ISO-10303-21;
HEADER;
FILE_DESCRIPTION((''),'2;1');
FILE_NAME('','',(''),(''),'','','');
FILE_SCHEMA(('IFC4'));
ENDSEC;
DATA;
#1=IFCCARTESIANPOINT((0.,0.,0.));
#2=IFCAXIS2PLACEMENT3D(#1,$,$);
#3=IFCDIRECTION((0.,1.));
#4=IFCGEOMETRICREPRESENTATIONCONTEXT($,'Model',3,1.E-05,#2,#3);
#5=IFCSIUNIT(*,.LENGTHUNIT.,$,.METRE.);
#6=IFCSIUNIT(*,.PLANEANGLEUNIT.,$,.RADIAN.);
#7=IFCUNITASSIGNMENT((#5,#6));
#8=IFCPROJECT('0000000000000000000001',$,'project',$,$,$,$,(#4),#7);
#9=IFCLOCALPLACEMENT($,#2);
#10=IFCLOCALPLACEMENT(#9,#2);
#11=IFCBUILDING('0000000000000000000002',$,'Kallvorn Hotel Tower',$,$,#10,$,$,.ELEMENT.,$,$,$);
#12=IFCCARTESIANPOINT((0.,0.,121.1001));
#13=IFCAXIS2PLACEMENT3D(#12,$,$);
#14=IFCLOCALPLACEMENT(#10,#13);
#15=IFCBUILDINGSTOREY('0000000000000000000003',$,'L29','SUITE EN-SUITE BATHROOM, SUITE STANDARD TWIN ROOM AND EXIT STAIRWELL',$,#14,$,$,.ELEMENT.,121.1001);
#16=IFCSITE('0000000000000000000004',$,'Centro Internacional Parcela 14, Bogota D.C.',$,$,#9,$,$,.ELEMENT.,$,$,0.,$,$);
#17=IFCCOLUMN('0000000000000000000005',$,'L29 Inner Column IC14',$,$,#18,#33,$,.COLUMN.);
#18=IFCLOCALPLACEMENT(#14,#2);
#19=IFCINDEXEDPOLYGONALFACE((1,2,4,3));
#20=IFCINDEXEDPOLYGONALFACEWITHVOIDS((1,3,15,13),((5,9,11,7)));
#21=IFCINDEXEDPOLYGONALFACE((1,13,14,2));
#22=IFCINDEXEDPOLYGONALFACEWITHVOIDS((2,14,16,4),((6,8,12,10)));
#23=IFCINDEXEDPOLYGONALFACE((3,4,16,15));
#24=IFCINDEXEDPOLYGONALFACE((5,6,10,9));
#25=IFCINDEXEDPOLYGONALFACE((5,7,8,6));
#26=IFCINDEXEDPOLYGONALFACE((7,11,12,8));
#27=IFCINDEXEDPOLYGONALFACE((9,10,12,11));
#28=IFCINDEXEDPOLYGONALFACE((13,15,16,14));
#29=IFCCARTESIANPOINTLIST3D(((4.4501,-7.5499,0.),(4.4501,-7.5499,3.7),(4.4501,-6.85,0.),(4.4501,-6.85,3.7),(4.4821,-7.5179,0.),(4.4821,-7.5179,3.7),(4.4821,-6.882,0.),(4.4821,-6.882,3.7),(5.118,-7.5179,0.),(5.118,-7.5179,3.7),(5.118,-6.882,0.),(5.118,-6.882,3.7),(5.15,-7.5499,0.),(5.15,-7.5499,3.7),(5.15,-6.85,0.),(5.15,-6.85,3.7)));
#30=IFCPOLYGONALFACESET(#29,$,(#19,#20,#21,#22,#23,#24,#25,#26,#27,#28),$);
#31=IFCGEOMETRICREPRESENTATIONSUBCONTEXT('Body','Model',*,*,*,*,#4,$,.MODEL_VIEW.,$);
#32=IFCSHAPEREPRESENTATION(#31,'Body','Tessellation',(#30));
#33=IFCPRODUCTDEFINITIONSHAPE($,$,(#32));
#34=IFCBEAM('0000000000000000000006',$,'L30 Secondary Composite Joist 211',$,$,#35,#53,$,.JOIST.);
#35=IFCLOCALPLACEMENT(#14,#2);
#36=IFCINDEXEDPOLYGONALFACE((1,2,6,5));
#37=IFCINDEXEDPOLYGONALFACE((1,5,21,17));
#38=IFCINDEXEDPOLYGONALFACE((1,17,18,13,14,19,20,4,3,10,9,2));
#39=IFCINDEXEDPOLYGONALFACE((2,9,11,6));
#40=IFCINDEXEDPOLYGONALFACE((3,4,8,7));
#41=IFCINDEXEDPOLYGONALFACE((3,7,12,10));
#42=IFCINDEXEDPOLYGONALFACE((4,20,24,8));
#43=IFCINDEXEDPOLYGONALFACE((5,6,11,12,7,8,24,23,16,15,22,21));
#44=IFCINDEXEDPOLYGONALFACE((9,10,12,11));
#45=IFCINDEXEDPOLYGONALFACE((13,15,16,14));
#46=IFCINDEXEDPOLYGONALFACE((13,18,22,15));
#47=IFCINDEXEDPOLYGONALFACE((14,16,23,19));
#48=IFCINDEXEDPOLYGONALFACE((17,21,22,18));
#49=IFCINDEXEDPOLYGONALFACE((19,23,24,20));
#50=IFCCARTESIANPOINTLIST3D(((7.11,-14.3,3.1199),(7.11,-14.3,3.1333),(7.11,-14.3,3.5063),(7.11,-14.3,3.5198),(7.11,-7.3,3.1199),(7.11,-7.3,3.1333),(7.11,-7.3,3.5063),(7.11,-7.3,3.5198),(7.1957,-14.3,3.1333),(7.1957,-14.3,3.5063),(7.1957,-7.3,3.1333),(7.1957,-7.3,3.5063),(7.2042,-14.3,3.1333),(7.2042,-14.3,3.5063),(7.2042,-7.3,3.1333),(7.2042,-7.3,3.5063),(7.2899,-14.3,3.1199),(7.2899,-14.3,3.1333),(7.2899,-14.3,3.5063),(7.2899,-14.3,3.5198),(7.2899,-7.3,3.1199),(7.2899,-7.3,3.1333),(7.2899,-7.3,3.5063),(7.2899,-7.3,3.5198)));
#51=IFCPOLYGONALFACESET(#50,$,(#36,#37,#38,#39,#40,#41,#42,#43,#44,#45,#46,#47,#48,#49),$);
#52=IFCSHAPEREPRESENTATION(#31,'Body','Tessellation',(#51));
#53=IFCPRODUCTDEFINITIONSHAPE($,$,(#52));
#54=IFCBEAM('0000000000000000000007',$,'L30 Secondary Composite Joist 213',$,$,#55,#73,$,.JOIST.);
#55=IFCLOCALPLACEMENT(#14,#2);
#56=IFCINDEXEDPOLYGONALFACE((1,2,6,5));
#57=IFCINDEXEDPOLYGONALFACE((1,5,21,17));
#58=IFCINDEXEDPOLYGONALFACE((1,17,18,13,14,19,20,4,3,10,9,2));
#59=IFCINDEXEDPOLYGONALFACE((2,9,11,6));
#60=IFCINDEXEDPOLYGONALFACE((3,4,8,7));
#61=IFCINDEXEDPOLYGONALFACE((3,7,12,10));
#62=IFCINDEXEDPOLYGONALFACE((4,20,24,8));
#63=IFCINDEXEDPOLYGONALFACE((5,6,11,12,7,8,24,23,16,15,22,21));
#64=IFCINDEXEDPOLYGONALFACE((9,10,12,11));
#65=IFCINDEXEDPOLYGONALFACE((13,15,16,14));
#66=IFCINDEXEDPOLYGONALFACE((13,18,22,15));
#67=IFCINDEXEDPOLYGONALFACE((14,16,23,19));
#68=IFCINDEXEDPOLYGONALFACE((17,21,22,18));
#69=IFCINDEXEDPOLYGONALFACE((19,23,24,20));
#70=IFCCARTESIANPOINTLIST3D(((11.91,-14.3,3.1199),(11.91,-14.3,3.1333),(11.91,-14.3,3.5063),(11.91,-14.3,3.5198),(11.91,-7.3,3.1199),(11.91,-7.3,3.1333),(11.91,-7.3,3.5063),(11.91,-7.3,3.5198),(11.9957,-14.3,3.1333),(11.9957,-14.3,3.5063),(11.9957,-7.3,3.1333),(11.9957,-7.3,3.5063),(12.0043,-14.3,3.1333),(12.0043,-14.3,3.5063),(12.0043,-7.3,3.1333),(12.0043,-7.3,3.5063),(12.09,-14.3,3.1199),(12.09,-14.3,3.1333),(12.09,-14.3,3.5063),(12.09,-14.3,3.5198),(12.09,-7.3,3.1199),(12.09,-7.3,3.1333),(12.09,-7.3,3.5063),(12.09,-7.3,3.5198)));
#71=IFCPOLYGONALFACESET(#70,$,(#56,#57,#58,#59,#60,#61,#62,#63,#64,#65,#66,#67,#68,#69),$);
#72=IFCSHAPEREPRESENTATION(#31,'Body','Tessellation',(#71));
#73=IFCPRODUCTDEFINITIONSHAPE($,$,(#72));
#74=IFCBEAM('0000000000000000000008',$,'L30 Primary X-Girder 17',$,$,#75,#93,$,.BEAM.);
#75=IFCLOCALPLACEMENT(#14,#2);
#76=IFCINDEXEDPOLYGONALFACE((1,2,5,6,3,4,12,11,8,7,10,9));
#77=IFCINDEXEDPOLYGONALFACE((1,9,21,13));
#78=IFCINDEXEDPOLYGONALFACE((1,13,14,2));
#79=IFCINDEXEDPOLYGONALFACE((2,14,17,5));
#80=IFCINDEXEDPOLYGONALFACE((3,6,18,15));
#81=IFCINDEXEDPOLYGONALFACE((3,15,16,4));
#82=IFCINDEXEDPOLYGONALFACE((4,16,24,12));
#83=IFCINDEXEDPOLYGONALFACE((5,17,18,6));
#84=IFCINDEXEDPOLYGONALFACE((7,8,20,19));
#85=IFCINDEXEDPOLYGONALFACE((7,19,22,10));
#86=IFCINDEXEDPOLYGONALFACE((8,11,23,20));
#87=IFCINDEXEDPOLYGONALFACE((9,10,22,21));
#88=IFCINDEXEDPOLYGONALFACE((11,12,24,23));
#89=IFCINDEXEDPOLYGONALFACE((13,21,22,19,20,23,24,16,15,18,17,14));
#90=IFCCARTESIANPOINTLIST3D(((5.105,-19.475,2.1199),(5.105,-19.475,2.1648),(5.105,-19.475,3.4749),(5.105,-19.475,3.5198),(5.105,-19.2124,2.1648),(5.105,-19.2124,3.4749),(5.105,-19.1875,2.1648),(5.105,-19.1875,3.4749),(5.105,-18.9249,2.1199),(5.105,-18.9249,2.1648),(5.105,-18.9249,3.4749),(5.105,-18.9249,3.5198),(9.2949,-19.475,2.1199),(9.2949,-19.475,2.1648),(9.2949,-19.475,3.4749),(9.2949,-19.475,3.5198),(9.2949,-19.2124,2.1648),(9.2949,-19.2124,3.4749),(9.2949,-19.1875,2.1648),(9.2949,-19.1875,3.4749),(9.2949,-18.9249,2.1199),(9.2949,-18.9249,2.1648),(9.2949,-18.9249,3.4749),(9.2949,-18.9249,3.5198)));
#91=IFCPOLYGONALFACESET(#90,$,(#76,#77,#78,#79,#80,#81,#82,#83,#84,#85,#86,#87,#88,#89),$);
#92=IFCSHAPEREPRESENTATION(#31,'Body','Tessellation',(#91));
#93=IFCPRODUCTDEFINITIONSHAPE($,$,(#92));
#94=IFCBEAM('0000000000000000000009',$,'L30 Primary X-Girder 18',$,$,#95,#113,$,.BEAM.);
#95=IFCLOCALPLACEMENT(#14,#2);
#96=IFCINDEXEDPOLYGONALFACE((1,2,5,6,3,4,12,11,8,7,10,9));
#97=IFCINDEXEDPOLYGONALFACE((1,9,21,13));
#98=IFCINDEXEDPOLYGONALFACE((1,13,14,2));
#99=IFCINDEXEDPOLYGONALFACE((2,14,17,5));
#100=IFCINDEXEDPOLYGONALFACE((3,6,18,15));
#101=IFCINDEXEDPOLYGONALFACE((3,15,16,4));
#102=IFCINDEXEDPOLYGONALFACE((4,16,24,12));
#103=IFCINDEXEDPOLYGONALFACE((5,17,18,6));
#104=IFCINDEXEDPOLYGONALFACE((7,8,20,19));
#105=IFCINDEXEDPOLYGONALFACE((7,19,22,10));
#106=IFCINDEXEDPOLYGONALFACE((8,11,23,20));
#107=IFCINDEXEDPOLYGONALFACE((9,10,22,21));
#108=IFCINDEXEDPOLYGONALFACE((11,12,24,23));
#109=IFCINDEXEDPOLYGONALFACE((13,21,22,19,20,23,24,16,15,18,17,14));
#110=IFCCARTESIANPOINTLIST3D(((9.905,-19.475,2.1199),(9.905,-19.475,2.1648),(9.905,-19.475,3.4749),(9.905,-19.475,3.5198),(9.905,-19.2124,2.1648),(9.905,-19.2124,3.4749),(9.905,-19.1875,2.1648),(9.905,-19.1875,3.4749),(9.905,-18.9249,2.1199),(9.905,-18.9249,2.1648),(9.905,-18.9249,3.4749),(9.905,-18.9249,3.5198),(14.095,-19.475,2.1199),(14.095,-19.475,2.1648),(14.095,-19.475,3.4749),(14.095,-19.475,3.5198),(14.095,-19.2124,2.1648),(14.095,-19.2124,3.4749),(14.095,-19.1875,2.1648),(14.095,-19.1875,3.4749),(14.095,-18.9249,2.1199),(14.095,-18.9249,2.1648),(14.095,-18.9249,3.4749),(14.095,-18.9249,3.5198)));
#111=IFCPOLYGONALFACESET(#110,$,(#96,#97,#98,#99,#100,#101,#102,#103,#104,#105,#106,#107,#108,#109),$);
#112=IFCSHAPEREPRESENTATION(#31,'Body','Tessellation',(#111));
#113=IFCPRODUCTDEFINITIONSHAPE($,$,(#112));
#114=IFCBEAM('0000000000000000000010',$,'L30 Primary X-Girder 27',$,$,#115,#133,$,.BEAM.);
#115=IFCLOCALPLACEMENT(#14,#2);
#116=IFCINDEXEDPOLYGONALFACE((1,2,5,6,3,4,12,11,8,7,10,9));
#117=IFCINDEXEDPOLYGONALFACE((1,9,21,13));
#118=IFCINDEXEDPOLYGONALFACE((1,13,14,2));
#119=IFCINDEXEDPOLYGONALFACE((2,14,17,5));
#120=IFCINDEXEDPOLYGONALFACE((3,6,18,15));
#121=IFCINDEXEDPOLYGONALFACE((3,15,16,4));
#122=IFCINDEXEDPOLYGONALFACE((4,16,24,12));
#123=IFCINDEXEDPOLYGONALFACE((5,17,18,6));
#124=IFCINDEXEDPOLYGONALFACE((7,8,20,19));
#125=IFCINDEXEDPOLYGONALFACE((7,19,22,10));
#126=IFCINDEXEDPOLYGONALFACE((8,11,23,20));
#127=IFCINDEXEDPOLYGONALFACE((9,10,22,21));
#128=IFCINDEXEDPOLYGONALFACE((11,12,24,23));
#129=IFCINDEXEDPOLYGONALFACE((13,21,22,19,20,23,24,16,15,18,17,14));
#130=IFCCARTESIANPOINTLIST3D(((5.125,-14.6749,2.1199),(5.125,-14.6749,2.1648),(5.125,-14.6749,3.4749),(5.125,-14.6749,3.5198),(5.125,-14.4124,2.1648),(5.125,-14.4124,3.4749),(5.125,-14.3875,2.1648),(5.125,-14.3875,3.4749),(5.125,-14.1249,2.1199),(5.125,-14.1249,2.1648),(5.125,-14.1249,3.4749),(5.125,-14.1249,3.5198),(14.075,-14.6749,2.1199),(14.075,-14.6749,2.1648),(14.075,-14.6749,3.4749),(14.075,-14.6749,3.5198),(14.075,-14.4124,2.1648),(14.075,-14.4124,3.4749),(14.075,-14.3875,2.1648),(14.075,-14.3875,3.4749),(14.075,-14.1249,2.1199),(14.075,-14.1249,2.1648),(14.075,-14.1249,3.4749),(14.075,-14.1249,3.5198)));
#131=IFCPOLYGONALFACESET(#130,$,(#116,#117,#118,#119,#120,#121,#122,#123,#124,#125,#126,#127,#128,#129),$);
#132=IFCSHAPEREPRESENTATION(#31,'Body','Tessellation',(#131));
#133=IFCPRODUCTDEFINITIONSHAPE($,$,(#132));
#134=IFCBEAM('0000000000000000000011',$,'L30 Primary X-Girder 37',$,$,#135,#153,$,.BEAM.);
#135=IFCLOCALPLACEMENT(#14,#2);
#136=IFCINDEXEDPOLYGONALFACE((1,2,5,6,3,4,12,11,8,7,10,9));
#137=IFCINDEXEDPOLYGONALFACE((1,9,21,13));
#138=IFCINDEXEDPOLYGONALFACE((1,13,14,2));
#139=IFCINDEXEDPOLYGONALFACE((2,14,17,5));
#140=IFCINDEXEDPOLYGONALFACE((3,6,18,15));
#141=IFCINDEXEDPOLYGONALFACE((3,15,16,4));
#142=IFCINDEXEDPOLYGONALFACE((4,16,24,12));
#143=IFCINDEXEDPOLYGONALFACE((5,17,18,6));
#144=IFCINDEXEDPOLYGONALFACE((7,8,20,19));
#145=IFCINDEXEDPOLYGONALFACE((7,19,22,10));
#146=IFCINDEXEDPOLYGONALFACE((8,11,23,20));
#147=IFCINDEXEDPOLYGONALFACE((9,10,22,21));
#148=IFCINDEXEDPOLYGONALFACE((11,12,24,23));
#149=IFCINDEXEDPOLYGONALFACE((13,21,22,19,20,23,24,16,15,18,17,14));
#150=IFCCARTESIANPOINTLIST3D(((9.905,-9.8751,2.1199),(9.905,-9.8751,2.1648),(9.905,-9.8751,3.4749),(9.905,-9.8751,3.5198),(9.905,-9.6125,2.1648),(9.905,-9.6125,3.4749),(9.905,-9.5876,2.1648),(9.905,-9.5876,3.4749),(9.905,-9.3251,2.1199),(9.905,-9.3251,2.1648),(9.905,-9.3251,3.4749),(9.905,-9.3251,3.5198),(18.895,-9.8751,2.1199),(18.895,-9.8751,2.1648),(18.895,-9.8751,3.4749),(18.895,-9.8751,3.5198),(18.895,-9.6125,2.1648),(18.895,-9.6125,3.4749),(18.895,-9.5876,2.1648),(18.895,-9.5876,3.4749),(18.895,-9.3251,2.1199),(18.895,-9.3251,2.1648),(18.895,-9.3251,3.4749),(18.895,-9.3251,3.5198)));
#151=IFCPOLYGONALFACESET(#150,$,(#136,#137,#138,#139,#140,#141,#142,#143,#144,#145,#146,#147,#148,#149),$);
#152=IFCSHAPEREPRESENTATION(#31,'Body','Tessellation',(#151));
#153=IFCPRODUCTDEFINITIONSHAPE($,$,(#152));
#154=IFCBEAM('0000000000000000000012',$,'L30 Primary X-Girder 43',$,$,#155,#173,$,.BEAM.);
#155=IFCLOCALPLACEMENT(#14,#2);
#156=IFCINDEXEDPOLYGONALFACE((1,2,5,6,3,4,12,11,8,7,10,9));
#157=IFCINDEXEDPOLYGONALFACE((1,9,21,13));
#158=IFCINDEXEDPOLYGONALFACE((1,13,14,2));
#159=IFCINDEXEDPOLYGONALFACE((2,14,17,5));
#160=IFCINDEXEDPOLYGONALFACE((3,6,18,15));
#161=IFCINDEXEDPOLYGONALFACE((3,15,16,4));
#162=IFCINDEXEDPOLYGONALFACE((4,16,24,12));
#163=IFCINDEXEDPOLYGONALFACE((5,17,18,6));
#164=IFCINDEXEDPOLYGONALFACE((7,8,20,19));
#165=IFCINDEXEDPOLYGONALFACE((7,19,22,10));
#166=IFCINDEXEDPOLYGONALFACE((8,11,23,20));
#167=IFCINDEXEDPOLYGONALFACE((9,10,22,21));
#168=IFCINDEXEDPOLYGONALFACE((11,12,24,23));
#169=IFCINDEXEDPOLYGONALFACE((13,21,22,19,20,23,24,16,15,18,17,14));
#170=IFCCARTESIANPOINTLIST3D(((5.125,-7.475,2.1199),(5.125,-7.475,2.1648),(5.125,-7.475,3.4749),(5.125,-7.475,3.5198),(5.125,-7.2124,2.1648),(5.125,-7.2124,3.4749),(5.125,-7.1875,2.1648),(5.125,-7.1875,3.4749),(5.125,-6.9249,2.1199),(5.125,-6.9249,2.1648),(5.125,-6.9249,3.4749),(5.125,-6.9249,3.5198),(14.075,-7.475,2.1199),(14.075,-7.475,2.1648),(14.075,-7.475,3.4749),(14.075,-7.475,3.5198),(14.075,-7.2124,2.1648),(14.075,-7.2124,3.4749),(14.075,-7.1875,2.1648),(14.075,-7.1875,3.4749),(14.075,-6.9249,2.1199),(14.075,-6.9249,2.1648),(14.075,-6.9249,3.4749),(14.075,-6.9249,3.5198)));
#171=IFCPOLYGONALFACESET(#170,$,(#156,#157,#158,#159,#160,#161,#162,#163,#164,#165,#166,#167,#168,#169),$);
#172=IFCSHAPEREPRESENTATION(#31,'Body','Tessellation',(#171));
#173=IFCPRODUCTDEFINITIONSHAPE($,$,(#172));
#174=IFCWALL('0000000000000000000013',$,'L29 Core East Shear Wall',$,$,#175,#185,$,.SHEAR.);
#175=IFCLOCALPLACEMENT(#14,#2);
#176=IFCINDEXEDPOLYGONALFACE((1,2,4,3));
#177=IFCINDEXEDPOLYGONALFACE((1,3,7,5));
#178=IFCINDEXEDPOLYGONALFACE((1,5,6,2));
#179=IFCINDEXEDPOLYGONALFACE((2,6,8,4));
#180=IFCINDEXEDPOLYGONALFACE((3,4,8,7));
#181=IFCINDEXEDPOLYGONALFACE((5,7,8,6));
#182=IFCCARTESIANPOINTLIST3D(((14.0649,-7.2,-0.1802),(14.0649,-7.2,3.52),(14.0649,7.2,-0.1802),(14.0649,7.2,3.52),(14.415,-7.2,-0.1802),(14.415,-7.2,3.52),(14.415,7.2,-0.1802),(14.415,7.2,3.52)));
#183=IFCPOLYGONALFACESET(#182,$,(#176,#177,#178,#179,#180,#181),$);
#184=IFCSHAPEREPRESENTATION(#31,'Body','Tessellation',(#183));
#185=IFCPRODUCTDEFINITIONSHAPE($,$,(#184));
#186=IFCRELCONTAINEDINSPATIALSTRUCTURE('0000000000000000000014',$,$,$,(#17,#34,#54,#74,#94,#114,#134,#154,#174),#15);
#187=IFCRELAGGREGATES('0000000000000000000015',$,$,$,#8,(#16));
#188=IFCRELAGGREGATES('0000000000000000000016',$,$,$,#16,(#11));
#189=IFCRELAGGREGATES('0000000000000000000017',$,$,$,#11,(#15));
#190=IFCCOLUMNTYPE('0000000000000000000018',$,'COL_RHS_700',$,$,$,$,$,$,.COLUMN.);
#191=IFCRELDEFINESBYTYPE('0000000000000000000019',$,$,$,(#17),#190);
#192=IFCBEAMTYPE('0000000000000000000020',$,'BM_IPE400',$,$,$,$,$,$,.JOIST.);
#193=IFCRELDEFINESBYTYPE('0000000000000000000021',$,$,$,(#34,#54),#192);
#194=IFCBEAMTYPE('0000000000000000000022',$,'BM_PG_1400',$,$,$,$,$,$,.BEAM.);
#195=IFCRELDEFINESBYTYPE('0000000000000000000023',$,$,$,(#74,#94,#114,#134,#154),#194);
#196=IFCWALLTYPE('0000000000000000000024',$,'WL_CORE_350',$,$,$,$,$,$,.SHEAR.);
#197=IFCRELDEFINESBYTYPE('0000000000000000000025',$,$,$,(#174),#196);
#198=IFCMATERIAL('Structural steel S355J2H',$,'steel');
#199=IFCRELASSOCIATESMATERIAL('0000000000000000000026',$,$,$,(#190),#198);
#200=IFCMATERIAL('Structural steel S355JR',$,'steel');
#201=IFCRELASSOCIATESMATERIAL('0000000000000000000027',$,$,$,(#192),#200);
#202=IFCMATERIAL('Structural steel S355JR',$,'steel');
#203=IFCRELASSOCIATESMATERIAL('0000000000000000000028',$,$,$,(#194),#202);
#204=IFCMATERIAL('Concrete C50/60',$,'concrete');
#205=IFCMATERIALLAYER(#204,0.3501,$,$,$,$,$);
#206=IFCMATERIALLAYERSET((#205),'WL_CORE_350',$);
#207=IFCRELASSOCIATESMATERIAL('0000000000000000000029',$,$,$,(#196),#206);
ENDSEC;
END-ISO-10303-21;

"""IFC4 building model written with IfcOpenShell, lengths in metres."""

from ifc_helpers import new_model, si_unit, direction, frame, frame_2d, origin, origin_2d, place, context, subcontext, project, spatial, rectangle, hollow_rectangle, i_section, extrude, material, layer, layer_set, material_profile, profile_set, type_object, element, save


model = new_model("IFC4")

# Units and contexts
model_context = context("Model", 3, precision=1e-05, world=origin(), true_north=direction((0.0, 1.0)))
body_context = subcontext(model_context, "Body", "Model", "MODEL_VIEW")
ifc_project = project(units=[si_unit("LENGTHUNIT", "METRE"), si_unit("PLANEANGLEUNIT", "RADIAN")], contexts=[model_context])

# Site, building, storey
site_placement = place(None, origin())
site = spatial("IfcSite", under=ifc_project, at=site_placement, Name="Centro Internacional Parcela 14, Bogota D.C.", CompositionType="ELEMENT", RefElevation=0.0)
building_placement = place(site_placement, origin())
building = spatial("IfcBuilding", under=site, at=building_placement, Name="Kallvorn Hotel Tower", CompositionType="ELEMENT")
storey_placement = place(building_placement, frame((0.0, 0.0, 121.1001)))
storey = spatial("IfcBuildingStorey", under=building, at=storey_placement, Name="L29", Description="SUITE EN-SUITE BATHROOM, SUITE STANDARD TWIN ROOM AND EXIT STAIRWELL", CompositionType="ELEMENT", Elevation=121.1001)

# Column
ifc_material_1 = material(Name="Structural steel S355J2H", Category="steel")
ifc_material_profile_1 = material_profile(ifc_material_1, hollow_rectangle(XDim=0.7, YDim=0.7, WallThickness=0.032, at=origin_2d()), Name="RHS 700x700x32")
ifc_profile_set_1 = profile_set([ifc_material_profile_1], Name="Structural steel S355J2H")
column_type_1 = type_object("IfcColumnType", Name="COL_RHS_700", PredefinedType="COLUMN", material=ifc_profile_set_1)
column_placement = place(storey_placement, frame((4.8, -7.2, 0.0), z_axis=(0.0, 0.0, 1.0), x_axis=(1.0, 0.0, 0.0)))
element("IfcColumn", 1, at=column_placement, inside=storey, type_object=column_type_1, Name="L29 Inner Column IC14", PredefinedType="COLUMN", context=body_context, shape_type="SweptSolid", body=[
    extrude(hollow_rectangle(XDim=0.7, YDim=0.7, WallThickness=0.032, at=origin_2d()), origin(), (0.0, 0.0, 1.0), 3.7),
])

# Beams
ifc_material_2 = material(Name="Structural steel S355JR", Category="steel")
ifc_material_profile_2 = material_profile(ifc_material_2, i_section(OverallWidth=0.1799, OverallDepth=0.3999, WebThickness=0.0085, FlangeThickness=0.0134, at=origin_2d()), Name="IPE 400")
ifc_profile_set_2 = profile_set([ifc_material_profile_2], Name="Structural steel S355JR")
beam_type_1 = type_object("IfcBeamType", Name="BM_IPE400", PredefinedType="JOIST", material=ifc_profile_set_2)
for number, where, z_axis, x_axis, name in (
    (2, (7.2, -14.3, 3.3198), (0.0, 1.0, 0.0), (-1.0, 0.0, 0.0), "L30 Secondary Composite Joist 211"),
    (3, (12.0, -14.3, 3.3198), (0.0, 1.0, 0.0), (-1.0, 0.0, 0.0), "L30 Secondary Composite Joist 213"),
):
    element("IfcBeam", number, at=place(storey_placement, frame(where, z_axis=z_axis, x_axis=x_axis)), inside=storey, type_object=beam_type_1, Name=name, PredefinedType="JOIST", context=body_context, shape_type="SweptSolid", body=[
        extrude(i_section(OverallWidth=0.1799, OverallDepth=0.3999, WebThickness=0.0085, FlangeThickness=0.0134, at=origin_2d()), origin(), (0.0, 0.0, 1.0), 7.0),
    ])
ifc_material_3 = material(Name="Structural steel S355JR", Category="steel")
ifc_material_profile_3 = material_profile(ifc_material_3, i_section(OverallWidth=0.55, OverallDepth=1.3999, WebThickness=0.0249, FlangeThickness=0.0449, at=origin_2d()), Name="PG 1400x550x25x45")
ifc_profile_set_3 = profile_set([ifc_material_profile_3], Name="Structural steel S355JR")
beam_type_2 = type_object("IfcBeamType", Name="BM_PG_1400", PredefinedType="BEAM", material=ifc_profile_set_3)
for number, where, z_axis, x_axis, name in (
    (4, (5.105, -19.2, 2.8198), (1.0, 0.0, 0.0), (0.0, 1.0, 0.0), "L30 Primary X-Girder 17"),
    (5, (9.905, -19.2, 2.8198), (1.0, 0.0, 0.0), (0.0, 1.0, 0.0), "L30 Primary X-Girder 18"),
):
    element("IfcBeam", number, at=place(storey_placement, frame(where, z_axis=z_axis, x_axis=x_axis)), inside=storey, type_object=beam_type_2, Name=name, PredefinedType="BEAM", context=body_context, shape_type="SweptSolid", body=[
        extrude(i_section(OverallWidth=0.55, OverallDepth=1.3999, WebThickness=0.0249, FlangeThickness=0.0449, at=origin_2d()), origin(), (0.0, 0.0, 1.0), 4.1899),
    ])
beam_1_placement = place(storey_placement, frame((5.125, -14.3999, 2.8198), z_axis=(1.0, 0.0, 0.0), x_axis=(0.0, 1.0, 0.0)))
element("IfcBeam", 6, at=beam_1_placement, inside=storey, type_object=beam_type_2, Name="L30 Primary X-Girder 27", PredefinedType="BEAM", context=body_context, shape_type="SweptSolid", body=[
    extrude(i_section(OverallWidth=0.55, OverallDepth=1.3999, WebThickness=0.0249, FlangeThickness=0.0449, at=origin_2d()), origin(), (0.0, 0.0, 1.0), 8.95),
])
beam_2_placement = place(storey_placement, frame((9.905, -9.6001, 2.8198), z_axis=(1.0, 0.0, 0.0), x_axis=(0.0, 1.0, 0.0)))
element("IfcBeam", 7, at=beam_2_placement, inside=storey, type_object=beam_type_2, Name="L30 Primary X-Girder 37", PredefinedType="BEAM", context=body_context, shape_type="SweptSolid", body=[
    extrude(i_section(OverallWidth=0.55, OverallDepth=1.3999, WebThickness=0.0249, FlangeThickness=0.0449, at=origin_2d()), origin(), (0.0, 0.0, 1.0), 8.99),
])
beam_3_placement = place(storey_placement, frame((5.125, -7.2, 2.8198), z_axis=(1.0, 0.0, 0.0), x_axis=(0.0, 1.0, 0.0)))
element("IfcBeam", 8, at=beam_3_placement, inside=storey, type_object=beam_type_2, Name="L30 Primary X-Girder 43", PredefinedType="BEAM", context=body_context, shape_type="SweptSolid", body=[
    extrude(i_section(OverallWidth=0.55, OverallDepth=1.3999, WebThickness=0.0249, FlangeThickness=0.0449, at=origin_2d()), origin(), (0.0, 0.0, 1.0), 8.95),
])

# Wall
ifc_material_4 = material(Name="Concrete C50/60", Category="concrete")
ifc_layer_1 = layer(ifc_material_4, 0.3501)
ifc_layer_set_1 = layer_set([ifc_layer_1], Name="WL_CORE_350")
wall_type_1 = type_object("IfcWallType", Name="WL_CORE_350", PredefinedType="SHEAR", material=ifc_layer_set_1)
wall_1_placement = place(storey_placement, frame((14.24, -7.2, -0.1802), z_axis=(0.0, 0.0, 1.0), x_axis=(0.0, 1.0, 0.0)))
element("IfcWall", 9, at=wall_1_placement, inside=storey, type_object=wall_type_1, Name="L29 Core East Shear Wall", PredefinedType="SHEAR", context=body_context, shape_type="SweptSolid", body=[
    extrude(rectangle(XDim=14.3999, YDim=0.3501, at=frame_2d((7.2, 0.0))), origin(), (0.0, 0.0, 1.0), 3.7002),
])

save(model, "model.ifc")
